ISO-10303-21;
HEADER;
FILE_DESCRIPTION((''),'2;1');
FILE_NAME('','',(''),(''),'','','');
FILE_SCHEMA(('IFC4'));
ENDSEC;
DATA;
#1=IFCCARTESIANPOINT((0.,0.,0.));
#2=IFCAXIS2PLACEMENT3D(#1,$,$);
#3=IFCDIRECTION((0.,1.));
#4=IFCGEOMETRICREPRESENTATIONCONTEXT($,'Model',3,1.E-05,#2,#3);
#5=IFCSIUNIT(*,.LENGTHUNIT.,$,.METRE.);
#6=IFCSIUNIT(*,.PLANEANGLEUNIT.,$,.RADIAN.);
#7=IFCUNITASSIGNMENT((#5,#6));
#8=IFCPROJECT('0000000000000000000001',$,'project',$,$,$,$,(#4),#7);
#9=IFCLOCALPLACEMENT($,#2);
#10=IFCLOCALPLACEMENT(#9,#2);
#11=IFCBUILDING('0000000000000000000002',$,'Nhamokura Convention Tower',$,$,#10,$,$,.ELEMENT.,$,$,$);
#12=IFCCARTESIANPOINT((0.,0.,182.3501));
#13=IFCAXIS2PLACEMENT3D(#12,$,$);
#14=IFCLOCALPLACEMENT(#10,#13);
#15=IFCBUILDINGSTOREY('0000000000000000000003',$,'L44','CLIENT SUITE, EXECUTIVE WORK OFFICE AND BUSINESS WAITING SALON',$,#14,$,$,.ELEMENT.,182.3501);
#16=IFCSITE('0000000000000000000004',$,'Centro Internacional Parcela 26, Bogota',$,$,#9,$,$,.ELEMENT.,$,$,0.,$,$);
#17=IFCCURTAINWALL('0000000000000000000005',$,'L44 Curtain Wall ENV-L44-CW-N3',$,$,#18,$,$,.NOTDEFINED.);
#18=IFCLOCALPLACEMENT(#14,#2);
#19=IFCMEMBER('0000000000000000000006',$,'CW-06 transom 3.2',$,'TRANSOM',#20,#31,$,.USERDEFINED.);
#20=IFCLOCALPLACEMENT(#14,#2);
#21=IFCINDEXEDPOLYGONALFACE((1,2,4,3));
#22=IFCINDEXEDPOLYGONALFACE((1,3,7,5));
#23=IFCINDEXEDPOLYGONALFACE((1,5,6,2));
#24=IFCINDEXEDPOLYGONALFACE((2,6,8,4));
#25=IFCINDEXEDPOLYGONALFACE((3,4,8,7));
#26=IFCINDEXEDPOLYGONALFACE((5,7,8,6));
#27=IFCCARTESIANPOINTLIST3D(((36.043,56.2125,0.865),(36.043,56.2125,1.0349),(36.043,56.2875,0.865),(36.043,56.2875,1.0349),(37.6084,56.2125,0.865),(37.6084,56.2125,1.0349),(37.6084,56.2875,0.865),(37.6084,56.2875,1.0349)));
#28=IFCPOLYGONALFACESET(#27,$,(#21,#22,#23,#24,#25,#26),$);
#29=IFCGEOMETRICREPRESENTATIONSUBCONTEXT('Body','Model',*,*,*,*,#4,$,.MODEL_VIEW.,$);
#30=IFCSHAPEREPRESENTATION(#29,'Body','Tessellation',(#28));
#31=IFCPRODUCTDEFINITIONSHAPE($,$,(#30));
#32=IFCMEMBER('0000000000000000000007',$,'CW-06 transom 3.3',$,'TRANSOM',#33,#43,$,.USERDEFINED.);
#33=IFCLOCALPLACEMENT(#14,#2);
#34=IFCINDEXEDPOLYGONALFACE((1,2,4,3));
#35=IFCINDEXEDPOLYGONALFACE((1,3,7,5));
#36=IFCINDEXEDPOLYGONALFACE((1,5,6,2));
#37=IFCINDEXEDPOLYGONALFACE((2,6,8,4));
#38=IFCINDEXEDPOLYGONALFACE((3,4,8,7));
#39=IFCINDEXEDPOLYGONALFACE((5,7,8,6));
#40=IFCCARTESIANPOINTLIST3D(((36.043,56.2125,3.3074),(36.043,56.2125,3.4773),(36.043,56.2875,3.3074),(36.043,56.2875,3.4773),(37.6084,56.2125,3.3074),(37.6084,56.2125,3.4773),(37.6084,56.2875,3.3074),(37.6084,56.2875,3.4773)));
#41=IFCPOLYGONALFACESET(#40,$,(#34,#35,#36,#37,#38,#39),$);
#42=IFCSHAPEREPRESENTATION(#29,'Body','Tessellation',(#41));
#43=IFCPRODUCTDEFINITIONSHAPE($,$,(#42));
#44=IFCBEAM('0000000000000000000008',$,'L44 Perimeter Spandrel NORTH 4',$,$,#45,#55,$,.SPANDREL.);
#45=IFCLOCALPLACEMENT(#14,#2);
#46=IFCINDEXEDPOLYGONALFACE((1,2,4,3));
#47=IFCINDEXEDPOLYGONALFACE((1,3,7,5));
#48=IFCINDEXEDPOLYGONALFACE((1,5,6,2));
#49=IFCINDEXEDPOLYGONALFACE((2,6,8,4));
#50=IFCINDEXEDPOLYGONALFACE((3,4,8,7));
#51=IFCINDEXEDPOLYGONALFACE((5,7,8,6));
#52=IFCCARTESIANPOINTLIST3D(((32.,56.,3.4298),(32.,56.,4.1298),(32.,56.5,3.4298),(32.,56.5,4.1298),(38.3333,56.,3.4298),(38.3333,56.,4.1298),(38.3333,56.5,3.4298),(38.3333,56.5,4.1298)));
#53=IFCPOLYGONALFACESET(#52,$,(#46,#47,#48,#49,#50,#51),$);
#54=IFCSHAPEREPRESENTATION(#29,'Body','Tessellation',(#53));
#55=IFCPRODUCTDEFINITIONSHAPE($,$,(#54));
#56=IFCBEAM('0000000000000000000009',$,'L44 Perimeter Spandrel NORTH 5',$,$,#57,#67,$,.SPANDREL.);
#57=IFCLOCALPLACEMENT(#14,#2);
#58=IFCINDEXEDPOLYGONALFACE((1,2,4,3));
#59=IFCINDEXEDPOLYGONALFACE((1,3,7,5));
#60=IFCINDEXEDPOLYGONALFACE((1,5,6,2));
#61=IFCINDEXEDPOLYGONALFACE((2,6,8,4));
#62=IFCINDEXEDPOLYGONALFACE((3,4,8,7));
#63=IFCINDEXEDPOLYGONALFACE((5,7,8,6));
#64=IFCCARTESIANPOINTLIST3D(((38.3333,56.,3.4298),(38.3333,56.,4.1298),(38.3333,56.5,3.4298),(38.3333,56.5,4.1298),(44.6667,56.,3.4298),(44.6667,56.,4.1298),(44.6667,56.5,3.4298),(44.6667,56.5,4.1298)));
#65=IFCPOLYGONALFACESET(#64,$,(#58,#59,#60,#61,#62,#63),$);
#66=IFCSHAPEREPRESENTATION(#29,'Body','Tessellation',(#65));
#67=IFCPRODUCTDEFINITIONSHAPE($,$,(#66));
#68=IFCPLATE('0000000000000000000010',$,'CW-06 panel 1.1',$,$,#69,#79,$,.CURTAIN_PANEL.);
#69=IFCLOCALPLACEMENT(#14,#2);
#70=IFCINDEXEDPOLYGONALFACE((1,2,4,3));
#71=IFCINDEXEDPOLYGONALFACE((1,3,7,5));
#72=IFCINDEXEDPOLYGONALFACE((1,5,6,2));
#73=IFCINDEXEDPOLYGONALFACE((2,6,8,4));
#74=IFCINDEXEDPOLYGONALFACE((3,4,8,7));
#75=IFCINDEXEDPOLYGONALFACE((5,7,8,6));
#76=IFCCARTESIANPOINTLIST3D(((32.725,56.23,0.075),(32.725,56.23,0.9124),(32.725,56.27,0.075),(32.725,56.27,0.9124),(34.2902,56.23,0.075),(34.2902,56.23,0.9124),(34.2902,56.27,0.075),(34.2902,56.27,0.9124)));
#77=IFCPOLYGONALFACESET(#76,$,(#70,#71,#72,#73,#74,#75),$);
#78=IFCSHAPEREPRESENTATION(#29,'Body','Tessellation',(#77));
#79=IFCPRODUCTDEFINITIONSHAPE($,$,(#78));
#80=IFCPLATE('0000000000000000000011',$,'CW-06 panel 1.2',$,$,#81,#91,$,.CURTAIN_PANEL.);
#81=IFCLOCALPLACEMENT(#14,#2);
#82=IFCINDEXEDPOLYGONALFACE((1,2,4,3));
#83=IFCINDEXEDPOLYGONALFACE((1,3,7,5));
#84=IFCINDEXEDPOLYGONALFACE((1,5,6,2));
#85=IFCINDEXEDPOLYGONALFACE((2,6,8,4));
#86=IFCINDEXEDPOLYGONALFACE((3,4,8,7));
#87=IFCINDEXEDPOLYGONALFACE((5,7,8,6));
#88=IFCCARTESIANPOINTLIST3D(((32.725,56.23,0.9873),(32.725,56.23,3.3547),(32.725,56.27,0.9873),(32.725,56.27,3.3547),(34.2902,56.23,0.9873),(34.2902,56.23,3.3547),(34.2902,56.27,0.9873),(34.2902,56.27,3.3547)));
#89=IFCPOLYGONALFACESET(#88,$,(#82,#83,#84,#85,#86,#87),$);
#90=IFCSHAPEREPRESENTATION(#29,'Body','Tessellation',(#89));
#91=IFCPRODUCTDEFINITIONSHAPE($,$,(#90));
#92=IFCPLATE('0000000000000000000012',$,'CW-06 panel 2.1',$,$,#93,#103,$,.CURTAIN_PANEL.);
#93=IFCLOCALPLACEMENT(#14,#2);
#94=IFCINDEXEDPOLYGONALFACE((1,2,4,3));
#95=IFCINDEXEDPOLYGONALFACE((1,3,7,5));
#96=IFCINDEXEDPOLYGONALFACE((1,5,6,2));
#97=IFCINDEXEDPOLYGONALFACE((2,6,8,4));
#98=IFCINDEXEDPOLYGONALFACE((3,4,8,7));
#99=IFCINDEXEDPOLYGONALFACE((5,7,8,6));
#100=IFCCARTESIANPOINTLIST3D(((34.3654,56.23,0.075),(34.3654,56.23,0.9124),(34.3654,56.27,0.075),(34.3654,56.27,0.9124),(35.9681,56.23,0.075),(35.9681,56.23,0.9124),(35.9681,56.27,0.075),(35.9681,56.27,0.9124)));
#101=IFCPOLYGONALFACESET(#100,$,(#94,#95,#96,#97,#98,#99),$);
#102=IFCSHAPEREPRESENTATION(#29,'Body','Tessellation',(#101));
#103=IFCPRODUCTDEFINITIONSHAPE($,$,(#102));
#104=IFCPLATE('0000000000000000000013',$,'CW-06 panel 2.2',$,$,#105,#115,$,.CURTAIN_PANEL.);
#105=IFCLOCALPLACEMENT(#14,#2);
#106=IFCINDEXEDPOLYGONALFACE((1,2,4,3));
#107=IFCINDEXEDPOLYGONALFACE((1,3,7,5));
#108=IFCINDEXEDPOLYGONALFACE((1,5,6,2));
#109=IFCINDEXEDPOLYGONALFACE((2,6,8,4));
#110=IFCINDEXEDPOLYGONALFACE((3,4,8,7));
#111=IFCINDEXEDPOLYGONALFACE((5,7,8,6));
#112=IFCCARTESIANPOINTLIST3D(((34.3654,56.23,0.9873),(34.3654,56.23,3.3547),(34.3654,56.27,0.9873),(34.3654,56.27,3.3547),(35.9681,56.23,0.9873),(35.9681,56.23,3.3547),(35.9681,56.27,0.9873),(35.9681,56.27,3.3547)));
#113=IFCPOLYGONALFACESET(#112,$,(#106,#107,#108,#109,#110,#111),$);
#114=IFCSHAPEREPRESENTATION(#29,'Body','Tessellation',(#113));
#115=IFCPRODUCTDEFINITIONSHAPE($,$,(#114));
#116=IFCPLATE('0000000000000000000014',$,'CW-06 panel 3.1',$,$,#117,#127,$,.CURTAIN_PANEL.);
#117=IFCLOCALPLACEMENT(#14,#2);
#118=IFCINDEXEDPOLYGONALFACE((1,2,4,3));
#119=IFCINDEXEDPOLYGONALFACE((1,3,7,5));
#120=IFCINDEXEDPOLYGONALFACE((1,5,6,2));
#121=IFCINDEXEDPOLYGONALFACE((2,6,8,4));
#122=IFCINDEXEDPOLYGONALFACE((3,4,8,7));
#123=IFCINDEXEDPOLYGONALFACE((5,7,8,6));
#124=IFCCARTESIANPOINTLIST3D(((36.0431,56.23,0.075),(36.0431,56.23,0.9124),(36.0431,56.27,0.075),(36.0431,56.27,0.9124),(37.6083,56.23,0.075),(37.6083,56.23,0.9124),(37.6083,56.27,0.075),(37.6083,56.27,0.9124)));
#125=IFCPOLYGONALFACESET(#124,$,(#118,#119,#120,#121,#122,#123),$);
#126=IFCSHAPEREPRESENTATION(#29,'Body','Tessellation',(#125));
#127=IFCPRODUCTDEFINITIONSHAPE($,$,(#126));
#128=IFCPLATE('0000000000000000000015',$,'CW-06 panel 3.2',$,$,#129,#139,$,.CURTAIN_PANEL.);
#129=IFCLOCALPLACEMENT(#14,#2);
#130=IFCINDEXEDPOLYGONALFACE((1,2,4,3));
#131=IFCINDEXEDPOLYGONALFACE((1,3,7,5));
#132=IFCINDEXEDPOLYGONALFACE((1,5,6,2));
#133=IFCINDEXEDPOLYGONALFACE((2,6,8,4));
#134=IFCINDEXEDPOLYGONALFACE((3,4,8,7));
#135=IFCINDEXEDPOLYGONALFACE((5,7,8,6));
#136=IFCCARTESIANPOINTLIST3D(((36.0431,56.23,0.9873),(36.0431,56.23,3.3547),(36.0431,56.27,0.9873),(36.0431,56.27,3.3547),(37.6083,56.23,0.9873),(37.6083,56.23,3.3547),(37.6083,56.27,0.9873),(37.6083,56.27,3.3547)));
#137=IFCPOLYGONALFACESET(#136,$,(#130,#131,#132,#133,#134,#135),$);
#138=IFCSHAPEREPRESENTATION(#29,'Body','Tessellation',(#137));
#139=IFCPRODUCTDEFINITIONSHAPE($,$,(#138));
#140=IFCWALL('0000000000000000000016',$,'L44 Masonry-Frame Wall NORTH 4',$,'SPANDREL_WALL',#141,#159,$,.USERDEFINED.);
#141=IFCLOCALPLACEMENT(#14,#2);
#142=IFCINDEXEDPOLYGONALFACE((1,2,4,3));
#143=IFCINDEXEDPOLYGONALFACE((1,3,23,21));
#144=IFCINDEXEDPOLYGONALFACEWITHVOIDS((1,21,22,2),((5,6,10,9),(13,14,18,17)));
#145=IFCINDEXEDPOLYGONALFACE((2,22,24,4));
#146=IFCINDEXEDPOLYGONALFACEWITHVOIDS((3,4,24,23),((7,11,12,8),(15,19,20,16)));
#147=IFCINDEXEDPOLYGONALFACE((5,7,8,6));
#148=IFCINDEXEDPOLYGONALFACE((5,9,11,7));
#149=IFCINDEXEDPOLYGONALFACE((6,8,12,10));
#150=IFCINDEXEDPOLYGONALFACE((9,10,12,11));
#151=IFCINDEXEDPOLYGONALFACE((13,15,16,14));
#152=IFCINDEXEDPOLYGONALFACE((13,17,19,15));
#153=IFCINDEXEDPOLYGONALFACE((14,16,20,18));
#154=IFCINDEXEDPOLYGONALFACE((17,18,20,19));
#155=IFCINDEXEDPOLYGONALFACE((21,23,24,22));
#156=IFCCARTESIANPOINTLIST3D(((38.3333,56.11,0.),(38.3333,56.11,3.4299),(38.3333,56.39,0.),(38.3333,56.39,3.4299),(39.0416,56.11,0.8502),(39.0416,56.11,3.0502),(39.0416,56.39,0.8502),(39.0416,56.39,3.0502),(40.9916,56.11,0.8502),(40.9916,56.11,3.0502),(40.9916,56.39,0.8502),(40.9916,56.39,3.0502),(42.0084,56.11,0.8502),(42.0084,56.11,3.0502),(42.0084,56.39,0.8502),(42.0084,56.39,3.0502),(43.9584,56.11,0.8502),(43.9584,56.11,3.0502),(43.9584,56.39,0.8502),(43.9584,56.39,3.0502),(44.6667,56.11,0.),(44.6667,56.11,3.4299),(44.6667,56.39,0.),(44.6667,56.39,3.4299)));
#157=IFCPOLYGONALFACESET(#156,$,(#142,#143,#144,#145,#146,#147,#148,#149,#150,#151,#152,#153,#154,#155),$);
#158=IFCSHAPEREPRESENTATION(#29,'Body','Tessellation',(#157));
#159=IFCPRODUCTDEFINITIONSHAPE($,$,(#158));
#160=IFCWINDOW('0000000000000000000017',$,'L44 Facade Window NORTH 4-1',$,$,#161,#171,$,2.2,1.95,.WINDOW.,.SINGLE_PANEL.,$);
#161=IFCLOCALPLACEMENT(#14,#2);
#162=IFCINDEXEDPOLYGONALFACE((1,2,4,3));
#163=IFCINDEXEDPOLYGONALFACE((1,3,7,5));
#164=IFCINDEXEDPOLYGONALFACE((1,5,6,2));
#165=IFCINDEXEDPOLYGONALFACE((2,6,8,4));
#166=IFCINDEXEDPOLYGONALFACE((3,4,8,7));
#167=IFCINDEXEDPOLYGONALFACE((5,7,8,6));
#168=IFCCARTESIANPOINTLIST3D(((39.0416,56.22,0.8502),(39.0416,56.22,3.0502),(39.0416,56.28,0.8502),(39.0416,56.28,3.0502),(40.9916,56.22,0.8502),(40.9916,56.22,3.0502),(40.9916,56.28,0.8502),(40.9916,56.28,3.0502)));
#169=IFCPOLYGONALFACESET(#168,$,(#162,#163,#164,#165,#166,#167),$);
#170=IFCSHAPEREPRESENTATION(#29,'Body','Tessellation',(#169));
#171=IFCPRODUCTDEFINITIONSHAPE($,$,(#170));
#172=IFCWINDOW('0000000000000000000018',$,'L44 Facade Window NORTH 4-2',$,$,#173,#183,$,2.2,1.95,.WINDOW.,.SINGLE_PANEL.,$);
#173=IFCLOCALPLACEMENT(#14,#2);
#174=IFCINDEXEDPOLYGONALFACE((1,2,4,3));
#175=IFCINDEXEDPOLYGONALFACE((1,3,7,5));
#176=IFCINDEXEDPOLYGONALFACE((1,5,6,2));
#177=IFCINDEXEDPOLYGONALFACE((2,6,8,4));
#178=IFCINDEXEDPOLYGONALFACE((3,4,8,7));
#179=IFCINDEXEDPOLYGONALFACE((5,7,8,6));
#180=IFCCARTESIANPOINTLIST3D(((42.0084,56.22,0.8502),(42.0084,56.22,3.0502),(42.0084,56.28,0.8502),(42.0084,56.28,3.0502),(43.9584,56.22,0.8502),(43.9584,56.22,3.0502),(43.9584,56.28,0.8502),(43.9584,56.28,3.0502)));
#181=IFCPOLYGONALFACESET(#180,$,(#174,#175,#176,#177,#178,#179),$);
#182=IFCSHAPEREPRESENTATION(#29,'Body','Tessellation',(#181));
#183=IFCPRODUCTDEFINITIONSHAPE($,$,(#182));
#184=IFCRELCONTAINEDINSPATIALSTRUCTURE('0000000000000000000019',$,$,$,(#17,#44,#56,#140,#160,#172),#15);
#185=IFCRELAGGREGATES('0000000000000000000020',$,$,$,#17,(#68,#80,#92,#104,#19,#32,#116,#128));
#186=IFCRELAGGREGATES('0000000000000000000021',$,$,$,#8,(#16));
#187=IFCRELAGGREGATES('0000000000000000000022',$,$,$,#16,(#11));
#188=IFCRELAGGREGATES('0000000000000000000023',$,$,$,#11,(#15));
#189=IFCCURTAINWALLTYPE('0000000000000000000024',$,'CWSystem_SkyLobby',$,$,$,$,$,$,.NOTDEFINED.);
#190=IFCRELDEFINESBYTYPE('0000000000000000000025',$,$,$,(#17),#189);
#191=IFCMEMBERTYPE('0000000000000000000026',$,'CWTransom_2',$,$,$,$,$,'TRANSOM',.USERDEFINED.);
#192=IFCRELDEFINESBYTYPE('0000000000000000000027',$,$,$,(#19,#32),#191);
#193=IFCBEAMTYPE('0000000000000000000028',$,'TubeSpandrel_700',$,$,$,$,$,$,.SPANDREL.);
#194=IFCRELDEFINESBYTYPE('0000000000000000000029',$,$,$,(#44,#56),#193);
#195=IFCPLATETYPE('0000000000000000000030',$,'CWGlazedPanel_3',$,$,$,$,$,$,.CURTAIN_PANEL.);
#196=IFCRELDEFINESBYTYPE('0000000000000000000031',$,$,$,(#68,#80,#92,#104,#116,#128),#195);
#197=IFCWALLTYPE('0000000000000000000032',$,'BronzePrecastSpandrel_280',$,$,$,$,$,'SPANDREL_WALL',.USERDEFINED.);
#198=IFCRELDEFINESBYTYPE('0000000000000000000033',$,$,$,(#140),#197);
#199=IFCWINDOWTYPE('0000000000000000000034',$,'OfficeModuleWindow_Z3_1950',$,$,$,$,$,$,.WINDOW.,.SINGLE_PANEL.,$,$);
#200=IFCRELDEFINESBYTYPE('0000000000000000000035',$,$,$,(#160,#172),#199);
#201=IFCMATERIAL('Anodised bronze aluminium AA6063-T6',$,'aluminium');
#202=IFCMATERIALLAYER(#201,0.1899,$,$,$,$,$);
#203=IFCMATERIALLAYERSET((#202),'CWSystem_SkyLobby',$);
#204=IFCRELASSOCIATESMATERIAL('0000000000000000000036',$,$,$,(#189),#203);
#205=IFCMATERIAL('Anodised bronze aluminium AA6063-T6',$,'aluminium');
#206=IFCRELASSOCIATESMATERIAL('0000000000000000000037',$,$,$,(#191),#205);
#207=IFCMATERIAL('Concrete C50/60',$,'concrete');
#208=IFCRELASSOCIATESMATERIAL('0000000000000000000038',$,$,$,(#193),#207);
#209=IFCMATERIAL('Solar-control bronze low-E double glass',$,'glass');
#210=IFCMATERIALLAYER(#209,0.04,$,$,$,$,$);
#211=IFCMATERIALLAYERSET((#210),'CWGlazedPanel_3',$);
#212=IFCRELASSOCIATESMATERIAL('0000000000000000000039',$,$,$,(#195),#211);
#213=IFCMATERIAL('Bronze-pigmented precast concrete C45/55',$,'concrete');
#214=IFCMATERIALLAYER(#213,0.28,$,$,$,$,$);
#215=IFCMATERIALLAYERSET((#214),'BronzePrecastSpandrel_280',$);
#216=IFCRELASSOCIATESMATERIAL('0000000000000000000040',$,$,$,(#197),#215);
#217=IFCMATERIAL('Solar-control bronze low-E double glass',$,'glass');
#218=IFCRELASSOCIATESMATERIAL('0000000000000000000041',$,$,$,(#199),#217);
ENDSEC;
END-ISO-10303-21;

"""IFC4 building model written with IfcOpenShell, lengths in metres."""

from ifc_helpers import new_model, si_unit, direction, frame, frame_2d, origin, origin_2d, place, context, subcontext, project, spatial, rectangle, extrude, material, layer, layer_set, material_profile, profile_set, type_object, element, fill, aggregate, save


model = new_model("IFC4")

# Units and contexts
model_context = context("Model", 3, precision=1e-05, world=origin(), true_north=direction((0.0, 1.0)))
body_context = subcontext(model_context, "Body", "Model", "MODEL_VIEW")
ifc_project = project(units=[si_unit("LENGTHUNIT", "METRE"), si_unit("PLANEANGLEUNIT", "RADIAN")], contexts=[model_context])

# Site, building, storey
site_placement = place(None, origin())
site = spatial("IfcSite", under=ifc_project, at=site_placement, Name="Centro Internacional Parcela 26, Bogota", CompositionType="ELEMENT", RefElevation=0.0)
building_placement = place(site_placement, origin())
building = spatial("IfcBuilding", under=site, at=building_placement, Name="Nhamokura Convention Tower", CompositionType="ELEMENT")
storey_placement = place(building_placement, frame((0.0, 0.0, 182.3501)))
storey = spatial("IfcBuildingStorey", under=building, at=storey_placement, Name="L44", Description="CLIENT SUITE, EXECUTIVE WORK OFFICE AND BUSINESS WAITING SALON", CompositionType="ELEMENT", Elevation=182.3501)

# Curtain wall, members
ifc_material_1 = material(Name="Anodised bronze aluminium AA6063-T6", Category="aluminium")
ifc_layer_1 = layer(ifc_material_1, 0.1899)
ifc_layer_set_1 = layer_set([ifc_layer_1], Name="CWSystem_SkyLobby")
curtain_wall_type = type_object("IfcCurtainWallType", Name="CWSystem_SkyLobby", PredefinedType="NOTDEFINED", material=ifc_layer_set_1)
curtain_wall_placement = place(storey_placement, origin())
curtain_wall = element("IfcCurtainWall", 1, at=curtain_wall_placement, inside=storey, type_object=curtain_wall_type, Name="L44 Curtain Wall ENV-L44-CW-N3", PredefinedType="NOTDEFINED")
ifc_material_2 = material(Name="Anodised bronze aluminium AA6063-T6", Category="aluminium")
ifc_material_profile_1 = material_profile(ifc_material_2, rectangle(XDim=0.075, YDim=0.1699, at=origin_2d()))
ifc_profile_set_1 = profile_set([ifc_material_profile_1], Name="Anodised bronze aluminium AA6063-T6")
member_type_1 = type_object("IfcMemberType", Name="CWTransom_2", ElementType="TRANSOM", PredefinedType="USERDEFINED", material=ifc_profile_set_1)
member_1_placement = place(storey_placement, frame((36.043, 56.25, 0.95), z_axis=(1.0, 0.0, 0.0), x_axis=(0.0, 1.0, 0.0)))
member_1 = element("IfcMember", 2, at=member_1_placement, type_object=member_type_1, Name="CW-06 transom 3.2", ObjectType="TRANSOM", PredefinedType="USERDEFINED", context=body_context, shape_type="SweptSolid", body=[
    extrude(rectangle(XDim=0.075, YDim=0.1699, at=origin_2d()), origin(), (0.0, 0.0, 1.0), 1.5654),
])
member_2_placement = place(storey_placement, frame((36.043, 56.25, 3.3923), z_axis=(1.0, 0.0, 0.0), x_axis=(0.0, 1.0, 0.0)))
member_2 = element("IfcMember", 3, at=member_2_placement, type_object=member_type_1, Name="CW-06 transom 3.3", ObjectType="TRANSOM", PredefinedType="USERDEFINED", context=body_context, shape_type="SweptSolid", body=[
    extrude(rectangle(XDim=0.075, YDim=0.1699, at=origin_2d()), origin(), (0.0, 0.0, 1.0), 1.5654),
])

# Beams
ifc_material_3 = material(Name="Concrete C50/60", Category="concrete")
ifc_material_profile_2 = material_profile(ifc_material_3, rectangle(XDim=0.5, YDim=0.7, at=origin_2d()))
ifc_profile_set_2 = profile_set([ifc_material_profile_2], Name="Concrete C50/60")
beam_type = type_object("IfcBeamType", Name="TubeSpandrel_700", PredefinedType="SPANDREL", material=ifc_profile_set_2)
beam_1_placement = place(storey_placement, frame((32.0, 56.25, 3.7798), z_axis=(1.0, 0.0, 0.0), x_axis=(0.0, 1.0, 0.0)))
element("IfcBeam", 4, at=beam_1_placement, inside=storey, type_object=beam_type, Name="L44 Perimeter Spandrel NORTH 4", PredefinedType="SPANDREL", context=body_context, shape_type="SweptSolid", body=[
    extrude(rectangle(XDim=0.5, YDim=0.7, at=origin_2d()), origin(), (0.0, 0.0, 1.0), 6.3333),
])
beam_2_placement = place(storey_placement, frame((38.3333, 56.25, 3.7798), z_axis=(1.0, 0.0, 0.0), x_axis=(0.0, 1.0, 0.0)))
element("IfcBeam", 5, at=beam_2_placement, inside=storey, type_object=beam_type, Name="L44 Perimeter Spandrel NORTH 5", PredefinedType="SPANDREL", context=body_context, shape_type="SweptSolid", body=[
    extrude(rectangle(XDim=0.5, YDim=0.7, at=origin_2d()), origin(), (0.0, 0.0, 1.0), 6.3335),
])

# Plates
ifc_material_4 = material(Name="Solar-control bronze low-E double glass", Category="glass")
ifc_layer_2 = layer(ifc_material_4, 0.04)
ifc_layer_set_2 = layer_set([ifc_layer_2], Name="CWGlazedPanel_3")
plate_type = type_object("IfcPlateType", Name="CWGlazedPanel_3", PredefinedType="CURTAIN_PANEL", material=ifc_layer_set_2)
plate_1_placement = place(storey_placement, frame((33.5076, 56.25, 0.075), z_axis=(0.0, 0.0, 1.0), x_axis=(1.0, 0.0, 0.0)))
plate_1 = element("IfcPlate", 6, at=plate_1_placement, type_object=plate_type, Name="CW-06 panel 1.1", PredefinedType="CURTAIN_PANEL", context=body_context, shape_type="SweptSolid", body=[
    extrude(rectangle(XDim=1.5652, YDim=0.04, at=origin_2d()), origin(), (0.0, 0.0, 1.0), 0.8374),
])
plate_2_placement = place(storey_placement, frame((33.5076, 56.25, 0.9873), z_axis=(0.0, 0.0, 1.0), x_axis=(1.0, 0.0, 0.0)))
plate_2 = element("IfcPlate", 7, at=plate_2_placement, type_object=plate_type, Name="CW-06 panel 1.2", PredefinedType="CURTAIN_PANEL", context=body_context, shape_type="SweptSolid", body=[
    extrude(rectangle(XDim=1.5652, YDim=0.04, at=origin_2d()), origin(), (0.0, 0.0, 1.0), 2.3674),
])
plate_3_placement = place(storey_placement, frame((35.1667, 56.25, 0.075), z_axis=(0.0, 0.0, 1.0), x_axis=(1.0, 0.0, 0.0)))
plate_3 = element("IfcPlate", 8, at=plate_3_placement, type_object=plate_type, Name="CW-06 panel 2.1", PredefinedType="CURTAIN_PANEL", context=body_context, shape_type="SweptSolid", body=[
    extrude(rectangle(XDim=1.6028, YDim=0.04, at=origin_2d()), origin(), (0.0, 0.0, 1.0), 0.8374),
])
plate_4_placement = place(storey_placement, frame((35.1667, 56.25, 0.9873), z_axis=(0.0, 0.0, 1.0), x_axis=(1.0, 0.0, 0.0)))
plate_4 = element("IfcPlate", 9, at=plate_4_placement, type_object=plate_type, Name="CW-06 panel 2.2", PredefinedType="CURTAIN_PANEL", context=body_context, shape_type="SweptSolid", body=[
    extrude(rectangle(XDim=1.6028, YDim=0.04, at=origin_2d()), origin(), (0.0, 0.0, 1.0), 2.3674),
])
plate_5_placement = place(storey_placement, frame((36.8257, 56.25, 0.075), z_axis=(0.0, 0.0, 1.0), x_axis=(1.0, 0.0, 0.0)))
plate_5 = element("IfcPlate", 10, at=plate_5_placement, type_object=plate_type, Name="CW-06 panel 3.1", PredefinedType="CURTAIN_PANEL", context=body_context, shape_type="SweptSolid", body=[
    extrude(rectangle(XDim=1.5652, YDim=0.04, at=origin_2d()), origin(), (0.0, 0.0, 1.0), 0.8374),
])
plate_6_placement = place(storey_placement, frame((36.8257, 56.25, 0.9873), z_axis=(0.0, 0.0, 1.0), x_axis=(1.0, 0.0, 0.0)))
plate_6 = element("IfcPlate", 11, at=plate_6_placement, type_object=plate_type, Name="CW-06 panel 3.2", PredefinedType="CURTAIN_PANEL", context=body_context, shape_type="SweptSolid", body=[
    extrude(rectangle(XDim=1.5652, YDim=0.04, at=origin_2d()), origin(), (0.0, 0.0, 1.0), 2.3674),
])
aggregate(curtain_wall, [plate_1, plate_2, plate_3, plate_4, member_1, member_2, plate_5, plate_6])

# Wall, openings, windows
ifc_material_5 = material(Name="Bronze-pigmented precast concrete C45/55", Category="concrete")
ifc_layer_3 = layer(ifc_material_5, 0.28)
ifc_layer_set_3 = layer_set([ifc_layer_3], Name="BronzePrecastSpandrel_280")
wall_type = type_object("IfcWallType", Name="BronzePrecastSpandrel_280", ElementType="SPANDREL_WALL", PredefinedType="USERDEFINED", material=ifc_layer_set_3)
wall_placement = place(storey_placement, frame((38.3333, 56.25, 0.0), z_axis=(0.0, 0.0, 1.0), x_axis=(1.0, 0.0, 0.0)))
wall = element("IfcWall", 12, at=wall_placement, inside=storey, type_object=wall_type, Name="L44 Masonry-Frame Wall NORTH 4", ObjectType="SPANDREL_WALL", PredefinedType="USERDEFINED", context=body_context, shape_type="SweptSolid", body=[
    extrude(rectangle(XDim=6.3335, YDim=0.28, at=frame_2d((3.1667, 0.0))), origin(), (0.0, 0.0, 1.0), 3.4299),
])
opening_1_placement = place(wall_placement, frame((0.7083, 0.0, 0.8501)))
opening_1 = element("IfcOpeningElement", 13, at=opening_1_placement, cuts=wall, PredefinedType="OPENING", context=body_context, shape_type="SweptSolid", body=[
    extrude(rectangle(XDim=1.95, YDim=2.2, at=frame_2d((0.9751, 1.1001))), frame((0.0, 0.1499, 0.0), z_axis=(0.0, -1.0, 0.0), x_axis=(1.0, 0.0, 0.0)), (0.0, 0.0, 1.0), 0.3),
])
opening_2_placement = place(wall_placement, frame((3.675, 0.0, 0.8501)))
opening_2 = element("IfcOpeningElement", 14, at=opening_2_placement, cuts=wall, PredefinedType="OPENING", context=body_context, shape_type="SweptSolid", body=[
    extrude(rectangle(XDim=1.95, YDim=2.2, at=frame_2d((0.9751, 1.1001))), frame((0.0, 0.1499, 0.0), z_axis=(0.0, -1.0, 0.0), x_axis=(1.0, 0.0, 0.0)), (0.0, 0.0, 1.0), 0.3),
])
ifc_material_6 = material(Name="Solar-control bronze low-E double glass", Category="glass")
window_type = type_object("IfcWindowType", Name="OfficeModuleWindow_Z3_1950", PartitioningType="SINGLE_PANEL", PredefinedType="WINDOW", material=ifc_material_6)
window_1_placement = place(opening_1_placement, origin())
window_1 = element("IfcWindow", 15, at=window_1_placement, inside=storey, type_object=window_type, Name="L44 Facade Window NORTH 4-1", OverallHeight=2.2, OverallWidth=1.95, PartitioningType="SINGLE_PANEL", PredefinedType="WINDOW", context=body_context, shape_type="SweptSolid", body=[
    extrude(rectangle(XDim=1.95, YDim=2.2, at=frame_2d((0.9751, 1.1001))), frame((0.0, 0.03, 0.0), z_axis=(0.0, -1.0, 0.0), x_axis=(1.0, 0.0, 0.0)), (0.0, 0.0, 1.0), 0.0601),
])
fill(opening_1, window_1)
window_2_placement = place(opening_2_placement, origin())
window_2 = element("IfcWindow", 16, at=window_2_placement, inside=storey, type_object=window_type, Name="L44 Facade Window NORTH 4-2", OverallHeight=2.2, OverallWidth=1.95, PartitioningType="SINGLE_PANEL", PredefinedType="WINDOW", context=body_context, shape_type="SweptSolid", body=[
    extrude(rectangle(XDim=1.95, YDim=2.2, at=frame_2d((0.9751, 1.1001))), frame((0.0, 0.03, 0.0), z_axis=(0.0, -1.0, 0.0), x_axis=(1.0, 0.0, 0.0)), (0.0, 0.0, 1.0), 0.0601),
])
fill(opening_2, window_2)

save(model, "model.ifc")
